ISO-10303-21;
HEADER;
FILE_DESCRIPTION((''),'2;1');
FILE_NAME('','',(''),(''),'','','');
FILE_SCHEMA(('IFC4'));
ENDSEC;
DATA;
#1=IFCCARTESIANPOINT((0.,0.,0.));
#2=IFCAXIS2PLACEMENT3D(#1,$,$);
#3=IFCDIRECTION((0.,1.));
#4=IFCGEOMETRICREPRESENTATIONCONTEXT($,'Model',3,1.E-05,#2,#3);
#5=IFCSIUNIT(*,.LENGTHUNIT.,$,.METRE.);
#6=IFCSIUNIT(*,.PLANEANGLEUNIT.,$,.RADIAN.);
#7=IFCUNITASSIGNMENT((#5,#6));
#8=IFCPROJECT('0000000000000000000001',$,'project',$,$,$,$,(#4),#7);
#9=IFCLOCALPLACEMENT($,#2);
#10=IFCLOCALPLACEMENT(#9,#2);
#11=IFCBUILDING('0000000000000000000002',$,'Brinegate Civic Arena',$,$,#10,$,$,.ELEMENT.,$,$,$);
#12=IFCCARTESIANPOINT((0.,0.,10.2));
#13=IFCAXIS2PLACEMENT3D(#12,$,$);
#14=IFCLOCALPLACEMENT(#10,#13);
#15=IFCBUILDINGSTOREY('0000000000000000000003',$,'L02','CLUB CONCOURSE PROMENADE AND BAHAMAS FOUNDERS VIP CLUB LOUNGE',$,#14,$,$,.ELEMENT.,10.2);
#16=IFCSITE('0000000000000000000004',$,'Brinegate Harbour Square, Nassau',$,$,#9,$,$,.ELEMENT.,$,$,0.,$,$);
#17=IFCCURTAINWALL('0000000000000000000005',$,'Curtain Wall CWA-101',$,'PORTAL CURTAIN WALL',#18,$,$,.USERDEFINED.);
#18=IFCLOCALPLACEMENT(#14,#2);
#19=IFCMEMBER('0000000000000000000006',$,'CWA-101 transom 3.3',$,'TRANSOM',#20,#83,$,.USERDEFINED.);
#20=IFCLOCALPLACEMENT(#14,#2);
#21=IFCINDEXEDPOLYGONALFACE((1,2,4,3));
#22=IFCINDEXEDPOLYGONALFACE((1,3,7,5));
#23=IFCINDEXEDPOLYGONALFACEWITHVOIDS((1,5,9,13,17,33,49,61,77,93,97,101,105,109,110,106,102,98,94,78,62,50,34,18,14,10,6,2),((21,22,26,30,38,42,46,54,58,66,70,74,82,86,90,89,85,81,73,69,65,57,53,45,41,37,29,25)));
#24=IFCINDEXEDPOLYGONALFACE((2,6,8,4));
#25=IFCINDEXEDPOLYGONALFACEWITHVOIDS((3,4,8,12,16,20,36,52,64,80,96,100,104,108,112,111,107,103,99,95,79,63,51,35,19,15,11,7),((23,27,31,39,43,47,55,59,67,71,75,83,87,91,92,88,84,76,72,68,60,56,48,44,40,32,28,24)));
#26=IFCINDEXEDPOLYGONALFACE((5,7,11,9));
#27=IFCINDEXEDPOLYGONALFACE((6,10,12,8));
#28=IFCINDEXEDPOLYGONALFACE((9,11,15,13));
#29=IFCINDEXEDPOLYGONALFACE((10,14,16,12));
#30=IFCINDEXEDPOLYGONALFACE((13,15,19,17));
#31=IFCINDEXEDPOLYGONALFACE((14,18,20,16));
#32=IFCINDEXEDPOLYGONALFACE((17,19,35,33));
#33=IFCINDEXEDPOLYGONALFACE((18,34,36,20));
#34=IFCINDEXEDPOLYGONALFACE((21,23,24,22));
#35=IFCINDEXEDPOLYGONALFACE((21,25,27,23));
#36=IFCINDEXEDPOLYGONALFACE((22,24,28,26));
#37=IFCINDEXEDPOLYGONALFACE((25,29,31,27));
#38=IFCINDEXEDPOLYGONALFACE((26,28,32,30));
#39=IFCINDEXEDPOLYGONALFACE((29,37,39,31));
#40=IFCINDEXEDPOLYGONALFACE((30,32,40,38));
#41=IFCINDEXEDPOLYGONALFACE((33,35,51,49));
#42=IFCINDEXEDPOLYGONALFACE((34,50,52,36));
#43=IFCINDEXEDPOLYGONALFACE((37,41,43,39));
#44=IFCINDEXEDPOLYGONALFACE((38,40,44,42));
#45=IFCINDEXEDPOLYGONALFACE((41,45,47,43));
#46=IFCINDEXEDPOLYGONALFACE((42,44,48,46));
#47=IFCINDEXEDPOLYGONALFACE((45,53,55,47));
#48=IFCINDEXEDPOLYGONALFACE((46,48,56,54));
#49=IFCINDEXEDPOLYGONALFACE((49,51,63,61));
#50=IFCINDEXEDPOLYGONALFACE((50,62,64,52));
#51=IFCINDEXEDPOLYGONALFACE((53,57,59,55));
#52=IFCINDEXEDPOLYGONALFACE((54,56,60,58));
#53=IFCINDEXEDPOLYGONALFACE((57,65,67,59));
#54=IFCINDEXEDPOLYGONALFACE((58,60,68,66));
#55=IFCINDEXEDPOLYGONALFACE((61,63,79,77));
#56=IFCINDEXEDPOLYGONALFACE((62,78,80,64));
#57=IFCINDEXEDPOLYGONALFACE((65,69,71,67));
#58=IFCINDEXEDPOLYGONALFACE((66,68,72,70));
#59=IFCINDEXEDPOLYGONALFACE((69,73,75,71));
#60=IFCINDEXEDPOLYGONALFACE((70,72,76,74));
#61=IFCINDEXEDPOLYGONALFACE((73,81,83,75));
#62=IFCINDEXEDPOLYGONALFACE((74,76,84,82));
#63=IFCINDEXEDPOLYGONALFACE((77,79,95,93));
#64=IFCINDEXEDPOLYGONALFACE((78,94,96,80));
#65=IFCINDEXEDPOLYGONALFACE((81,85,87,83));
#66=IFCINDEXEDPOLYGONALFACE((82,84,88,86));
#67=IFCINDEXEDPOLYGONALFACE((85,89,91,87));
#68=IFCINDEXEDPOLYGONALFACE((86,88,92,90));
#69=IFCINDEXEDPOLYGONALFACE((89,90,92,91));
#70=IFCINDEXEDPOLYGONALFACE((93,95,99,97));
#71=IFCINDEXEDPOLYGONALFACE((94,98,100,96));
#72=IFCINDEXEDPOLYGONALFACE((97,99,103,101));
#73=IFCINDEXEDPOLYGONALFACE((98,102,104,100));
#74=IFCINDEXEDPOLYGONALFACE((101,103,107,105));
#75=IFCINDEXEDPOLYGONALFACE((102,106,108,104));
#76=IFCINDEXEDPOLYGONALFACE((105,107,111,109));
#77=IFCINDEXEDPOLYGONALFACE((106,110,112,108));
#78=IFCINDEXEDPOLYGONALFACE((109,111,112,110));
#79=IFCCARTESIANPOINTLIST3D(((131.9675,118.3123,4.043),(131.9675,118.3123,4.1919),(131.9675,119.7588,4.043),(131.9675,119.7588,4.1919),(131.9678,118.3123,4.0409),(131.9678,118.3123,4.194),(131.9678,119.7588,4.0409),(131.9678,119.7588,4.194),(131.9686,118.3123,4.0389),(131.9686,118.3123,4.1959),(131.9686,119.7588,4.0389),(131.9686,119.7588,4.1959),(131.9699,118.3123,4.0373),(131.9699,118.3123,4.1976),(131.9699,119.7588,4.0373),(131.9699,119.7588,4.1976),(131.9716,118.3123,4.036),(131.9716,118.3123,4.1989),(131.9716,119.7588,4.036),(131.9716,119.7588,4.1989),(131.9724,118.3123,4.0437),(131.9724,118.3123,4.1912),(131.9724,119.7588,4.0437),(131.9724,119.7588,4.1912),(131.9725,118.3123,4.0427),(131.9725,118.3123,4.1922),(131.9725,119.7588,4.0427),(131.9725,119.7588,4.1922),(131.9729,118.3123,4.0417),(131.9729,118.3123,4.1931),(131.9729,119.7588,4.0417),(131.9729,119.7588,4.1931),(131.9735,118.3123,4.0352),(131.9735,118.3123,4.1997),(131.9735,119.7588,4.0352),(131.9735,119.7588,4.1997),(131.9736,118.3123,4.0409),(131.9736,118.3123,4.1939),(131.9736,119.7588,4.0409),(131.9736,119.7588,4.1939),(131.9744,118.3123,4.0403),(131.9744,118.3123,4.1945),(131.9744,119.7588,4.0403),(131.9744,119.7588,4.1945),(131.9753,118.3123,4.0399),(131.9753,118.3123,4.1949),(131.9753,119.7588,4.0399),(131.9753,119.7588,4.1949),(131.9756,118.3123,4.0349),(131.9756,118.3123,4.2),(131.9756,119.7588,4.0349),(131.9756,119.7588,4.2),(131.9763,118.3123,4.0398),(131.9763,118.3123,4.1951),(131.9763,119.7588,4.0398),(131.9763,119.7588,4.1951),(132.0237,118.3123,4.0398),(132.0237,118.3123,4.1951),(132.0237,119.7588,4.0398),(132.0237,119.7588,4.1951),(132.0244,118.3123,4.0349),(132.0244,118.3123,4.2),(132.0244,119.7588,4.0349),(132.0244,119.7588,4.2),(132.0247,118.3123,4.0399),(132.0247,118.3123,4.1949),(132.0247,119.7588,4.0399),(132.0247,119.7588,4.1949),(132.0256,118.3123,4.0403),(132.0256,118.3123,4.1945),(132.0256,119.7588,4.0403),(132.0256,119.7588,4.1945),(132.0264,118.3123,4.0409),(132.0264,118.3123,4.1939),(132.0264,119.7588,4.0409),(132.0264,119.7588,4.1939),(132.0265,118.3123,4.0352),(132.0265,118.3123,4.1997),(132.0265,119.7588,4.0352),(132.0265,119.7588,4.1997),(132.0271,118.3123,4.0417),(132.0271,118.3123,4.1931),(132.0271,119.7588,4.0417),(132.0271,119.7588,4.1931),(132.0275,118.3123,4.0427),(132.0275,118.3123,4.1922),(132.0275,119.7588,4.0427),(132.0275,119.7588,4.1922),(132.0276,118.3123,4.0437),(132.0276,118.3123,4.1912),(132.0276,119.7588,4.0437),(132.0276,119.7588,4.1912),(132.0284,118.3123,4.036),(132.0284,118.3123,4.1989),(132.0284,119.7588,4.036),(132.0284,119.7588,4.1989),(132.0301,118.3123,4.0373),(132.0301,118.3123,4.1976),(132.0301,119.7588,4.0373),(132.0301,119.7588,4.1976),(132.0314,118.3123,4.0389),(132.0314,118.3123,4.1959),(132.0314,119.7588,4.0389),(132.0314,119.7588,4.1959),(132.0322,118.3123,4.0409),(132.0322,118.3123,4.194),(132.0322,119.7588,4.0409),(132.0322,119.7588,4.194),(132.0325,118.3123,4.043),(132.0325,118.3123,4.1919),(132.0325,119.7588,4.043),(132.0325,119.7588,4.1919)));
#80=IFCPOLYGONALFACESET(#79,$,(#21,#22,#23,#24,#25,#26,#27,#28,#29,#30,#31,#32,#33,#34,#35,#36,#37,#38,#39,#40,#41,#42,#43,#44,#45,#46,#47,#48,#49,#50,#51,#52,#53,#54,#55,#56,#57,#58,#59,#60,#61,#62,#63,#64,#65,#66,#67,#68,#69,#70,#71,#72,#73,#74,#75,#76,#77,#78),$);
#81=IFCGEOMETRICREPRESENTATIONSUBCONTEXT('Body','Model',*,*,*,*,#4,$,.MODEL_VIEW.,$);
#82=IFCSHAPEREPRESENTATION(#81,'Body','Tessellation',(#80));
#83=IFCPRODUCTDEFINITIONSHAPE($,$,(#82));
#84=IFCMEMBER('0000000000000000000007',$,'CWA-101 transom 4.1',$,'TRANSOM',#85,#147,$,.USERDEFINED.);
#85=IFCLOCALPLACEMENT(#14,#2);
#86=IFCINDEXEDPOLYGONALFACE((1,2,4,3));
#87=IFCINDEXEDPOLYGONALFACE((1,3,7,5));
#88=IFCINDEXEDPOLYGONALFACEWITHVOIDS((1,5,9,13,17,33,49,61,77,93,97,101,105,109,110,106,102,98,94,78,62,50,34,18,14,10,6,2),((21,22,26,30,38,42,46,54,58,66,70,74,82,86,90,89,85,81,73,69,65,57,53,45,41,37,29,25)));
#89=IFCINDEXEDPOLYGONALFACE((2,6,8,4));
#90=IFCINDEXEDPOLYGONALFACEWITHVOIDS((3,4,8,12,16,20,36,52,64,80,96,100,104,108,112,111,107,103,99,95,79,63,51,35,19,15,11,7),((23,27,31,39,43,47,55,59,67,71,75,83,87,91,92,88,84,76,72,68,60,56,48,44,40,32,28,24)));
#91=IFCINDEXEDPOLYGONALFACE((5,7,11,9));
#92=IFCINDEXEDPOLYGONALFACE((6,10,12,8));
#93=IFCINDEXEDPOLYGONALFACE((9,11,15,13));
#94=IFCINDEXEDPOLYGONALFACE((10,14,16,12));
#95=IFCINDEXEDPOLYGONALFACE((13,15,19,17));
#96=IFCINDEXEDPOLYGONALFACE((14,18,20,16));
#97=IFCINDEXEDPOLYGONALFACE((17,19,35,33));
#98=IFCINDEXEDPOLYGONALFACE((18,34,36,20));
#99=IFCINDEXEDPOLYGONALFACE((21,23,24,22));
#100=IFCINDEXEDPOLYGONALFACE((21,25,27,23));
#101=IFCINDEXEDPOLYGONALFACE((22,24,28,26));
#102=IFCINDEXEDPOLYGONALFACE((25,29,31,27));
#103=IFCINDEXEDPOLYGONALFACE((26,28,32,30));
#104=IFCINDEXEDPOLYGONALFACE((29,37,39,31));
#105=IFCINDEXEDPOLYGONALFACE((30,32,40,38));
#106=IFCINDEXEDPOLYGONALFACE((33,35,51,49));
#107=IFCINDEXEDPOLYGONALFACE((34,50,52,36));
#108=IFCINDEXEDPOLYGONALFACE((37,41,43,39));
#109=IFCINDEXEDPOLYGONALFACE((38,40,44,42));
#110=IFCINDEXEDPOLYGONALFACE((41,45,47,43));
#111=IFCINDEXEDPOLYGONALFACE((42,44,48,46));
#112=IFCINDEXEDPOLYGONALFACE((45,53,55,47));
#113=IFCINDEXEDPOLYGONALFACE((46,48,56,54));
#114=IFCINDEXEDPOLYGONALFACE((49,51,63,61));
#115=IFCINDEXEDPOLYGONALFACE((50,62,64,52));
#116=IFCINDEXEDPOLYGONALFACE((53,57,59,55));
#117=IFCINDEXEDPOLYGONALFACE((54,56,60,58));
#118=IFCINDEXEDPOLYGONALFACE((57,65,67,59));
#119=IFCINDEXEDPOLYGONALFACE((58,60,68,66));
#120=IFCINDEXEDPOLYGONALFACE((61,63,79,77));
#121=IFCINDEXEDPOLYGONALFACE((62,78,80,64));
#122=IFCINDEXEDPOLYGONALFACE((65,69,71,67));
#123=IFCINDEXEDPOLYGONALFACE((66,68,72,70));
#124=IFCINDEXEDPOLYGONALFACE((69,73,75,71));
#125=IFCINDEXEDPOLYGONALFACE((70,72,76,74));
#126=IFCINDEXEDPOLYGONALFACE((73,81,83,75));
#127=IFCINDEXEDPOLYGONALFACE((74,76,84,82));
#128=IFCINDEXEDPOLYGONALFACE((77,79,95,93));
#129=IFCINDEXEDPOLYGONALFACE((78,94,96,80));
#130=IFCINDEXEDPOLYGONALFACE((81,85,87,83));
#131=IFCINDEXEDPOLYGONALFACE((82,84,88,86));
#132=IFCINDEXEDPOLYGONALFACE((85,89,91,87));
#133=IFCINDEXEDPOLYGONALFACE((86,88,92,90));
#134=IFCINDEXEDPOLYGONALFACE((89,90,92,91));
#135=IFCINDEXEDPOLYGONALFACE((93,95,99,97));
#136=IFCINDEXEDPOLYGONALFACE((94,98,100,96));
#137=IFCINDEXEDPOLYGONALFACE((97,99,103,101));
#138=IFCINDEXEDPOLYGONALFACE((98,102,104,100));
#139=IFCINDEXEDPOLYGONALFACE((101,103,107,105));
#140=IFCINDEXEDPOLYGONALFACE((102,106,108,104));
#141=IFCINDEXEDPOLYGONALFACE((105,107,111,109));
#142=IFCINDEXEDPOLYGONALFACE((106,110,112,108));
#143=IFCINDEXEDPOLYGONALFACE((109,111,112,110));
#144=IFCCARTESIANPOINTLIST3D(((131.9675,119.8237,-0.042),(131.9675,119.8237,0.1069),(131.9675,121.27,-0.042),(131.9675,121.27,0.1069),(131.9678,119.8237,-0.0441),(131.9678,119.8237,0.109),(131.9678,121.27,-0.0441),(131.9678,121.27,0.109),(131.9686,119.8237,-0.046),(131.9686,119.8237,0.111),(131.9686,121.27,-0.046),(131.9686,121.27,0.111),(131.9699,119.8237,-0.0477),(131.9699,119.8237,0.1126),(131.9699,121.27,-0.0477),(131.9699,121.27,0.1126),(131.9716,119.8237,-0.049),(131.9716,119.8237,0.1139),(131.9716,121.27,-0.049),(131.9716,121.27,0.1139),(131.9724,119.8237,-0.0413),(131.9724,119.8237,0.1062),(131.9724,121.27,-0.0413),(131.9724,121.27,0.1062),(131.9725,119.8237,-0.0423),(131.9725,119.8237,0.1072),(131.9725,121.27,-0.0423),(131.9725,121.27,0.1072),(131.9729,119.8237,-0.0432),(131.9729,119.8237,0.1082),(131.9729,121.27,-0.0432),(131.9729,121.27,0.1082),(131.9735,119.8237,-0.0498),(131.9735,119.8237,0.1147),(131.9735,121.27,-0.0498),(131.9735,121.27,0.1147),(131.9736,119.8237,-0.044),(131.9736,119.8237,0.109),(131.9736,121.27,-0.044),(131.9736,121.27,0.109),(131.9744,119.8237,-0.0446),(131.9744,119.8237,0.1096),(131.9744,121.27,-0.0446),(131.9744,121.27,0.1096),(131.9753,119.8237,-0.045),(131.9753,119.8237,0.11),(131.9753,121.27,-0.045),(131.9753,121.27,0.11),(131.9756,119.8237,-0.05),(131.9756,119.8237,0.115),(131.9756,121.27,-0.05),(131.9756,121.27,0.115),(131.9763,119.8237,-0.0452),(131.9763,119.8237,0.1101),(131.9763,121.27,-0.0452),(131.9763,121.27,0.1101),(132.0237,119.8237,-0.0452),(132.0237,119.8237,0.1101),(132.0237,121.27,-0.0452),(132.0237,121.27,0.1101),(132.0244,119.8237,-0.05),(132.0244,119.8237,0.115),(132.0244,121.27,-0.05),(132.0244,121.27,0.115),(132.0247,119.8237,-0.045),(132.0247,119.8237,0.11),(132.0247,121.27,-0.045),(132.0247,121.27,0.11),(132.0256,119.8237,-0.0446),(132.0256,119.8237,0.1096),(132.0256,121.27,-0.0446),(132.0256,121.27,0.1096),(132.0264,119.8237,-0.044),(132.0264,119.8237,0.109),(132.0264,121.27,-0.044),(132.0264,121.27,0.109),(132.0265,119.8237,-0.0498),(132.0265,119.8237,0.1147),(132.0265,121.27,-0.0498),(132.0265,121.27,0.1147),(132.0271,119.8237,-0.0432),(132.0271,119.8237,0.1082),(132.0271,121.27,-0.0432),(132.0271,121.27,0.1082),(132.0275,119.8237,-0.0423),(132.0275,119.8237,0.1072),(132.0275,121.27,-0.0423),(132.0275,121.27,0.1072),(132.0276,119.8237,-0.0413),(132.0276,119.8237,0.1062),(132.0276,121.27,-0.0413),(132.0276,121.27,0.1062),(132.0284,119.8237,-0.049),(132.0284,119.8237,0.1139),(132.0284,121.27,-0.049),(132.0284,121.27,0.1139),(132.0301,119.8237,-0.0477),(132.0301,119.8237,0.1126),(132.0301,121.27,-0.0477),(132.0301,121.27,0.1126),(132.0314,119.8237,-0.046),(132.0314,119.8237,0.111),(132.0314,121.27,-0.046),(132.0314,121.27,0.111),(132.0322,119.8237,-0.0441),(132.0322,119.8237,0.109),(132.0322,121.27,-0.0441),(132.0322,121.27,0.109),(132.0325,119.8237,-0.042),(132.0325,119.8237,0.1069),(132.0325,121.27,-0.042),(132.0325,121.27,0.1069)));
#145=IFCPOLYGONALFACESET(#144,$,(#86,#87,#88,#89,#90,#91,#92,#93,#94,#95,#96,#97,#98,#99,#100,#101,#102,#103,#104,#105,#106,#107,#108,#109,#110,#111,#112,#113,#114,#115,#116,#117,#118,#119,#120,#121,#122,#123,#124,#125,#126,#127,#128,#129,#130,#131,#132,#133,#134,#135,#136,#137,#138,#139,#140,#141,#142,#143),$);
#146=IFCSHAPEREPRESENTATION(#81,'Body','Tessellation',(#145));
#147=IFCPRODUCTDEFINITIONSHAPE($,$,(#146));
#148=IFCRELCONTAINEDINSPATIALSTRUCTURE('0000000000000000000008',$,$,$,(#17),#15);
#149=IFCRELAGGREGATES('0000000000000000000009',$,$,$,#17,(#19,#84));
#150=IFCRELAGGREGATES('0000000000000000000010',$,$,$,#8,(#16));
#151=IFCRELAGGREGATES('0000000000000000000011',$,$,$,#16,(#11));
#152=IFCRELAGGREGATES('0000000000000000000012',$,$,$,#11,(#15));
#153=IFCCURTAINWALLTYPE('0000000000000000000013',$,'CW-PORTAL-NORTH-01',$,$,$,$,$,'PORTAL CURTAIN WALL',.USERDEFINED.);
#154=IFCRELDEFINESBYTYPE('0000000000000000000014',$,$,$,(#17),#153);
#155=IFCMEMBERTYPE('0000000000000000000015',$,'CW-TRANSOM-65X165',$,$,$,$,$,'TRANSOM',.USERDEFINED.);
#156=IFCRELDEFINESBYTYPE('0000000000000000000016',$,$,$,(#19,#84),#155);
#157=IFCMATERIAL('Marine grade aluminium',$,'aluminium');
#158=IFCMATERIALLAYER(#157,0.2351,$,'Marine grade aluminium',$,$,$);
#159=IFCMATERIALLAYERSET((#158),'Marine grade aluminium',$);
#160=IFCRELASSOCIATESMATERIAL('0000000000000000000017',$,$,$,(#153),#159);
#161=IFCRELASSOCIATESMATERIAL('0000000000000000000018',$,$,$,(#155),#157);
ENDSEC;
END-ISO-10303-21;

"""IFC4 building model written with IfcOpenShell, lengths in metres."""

from ifc_helpers import new_model, si_unit, direction, frame, origin, origin_2d, place, context, subcontext, project, spatial, hollow_rectangle, extrude, material, layer, layer_set, material_profile, profile_set, type_object, element, aggregate, save


model = new_model("IFC4")

# Units and contexts
model_context = context("Model", 3, precision=1e-05, world=origin(), true_north=direction((0.0, 1.0)))
body_context = subcontext(model_context, "Body", "Model", "MODEL_VIEW")
ifc_project = project(units=[si_unit("LENGTHUNIT", "METRE"), si_unit("PLANEANGLEUNIT", "RADIAN")], contexts=[model_context])

# Site, building, storey
site_placement = place(None, origin())
site = spatial("IfcSite", under=ifc_project, at=site_placement, Name="Brinegate Harbour Square, Nassau", CompositionType="ELEMENT", RefElevation=0.0)
building_placement = place(site_placement, origin())
building = spatial("IfcBuilding", under=site, at=building_placement, Name="Brinegate Civic Arena", CompositionType="ELEMENT")
storey_placement = place(building_placement, frame((0.0, 0.0, 10.2)))
storey = spatial("IfcBuildingStorey", under=building, at=storey_placement, Name="L02", Description="CLUB CONCOURSE PROMENADE AND BAHAMAS FOUNDERS VIP CLUB LOUNGE", CompositionType="ELEMENT", Elevation=10.2)

# Curtain wall, members
ifc_material_1 = material(Name="Marine grade aluminium", Category="aluminium")
ifc_layer_1 = layer(ifc_material_1, 0.2351, Name="Marine grade aluminium")
ifc_layer_set_1 = layer_set([ifc_layer_1], Name="Marine grade aluminium")
curtain_wall_type = type_object("IfcCurtainWallType", Name="CW-PORTAL-NORTH-01", ElementType="PORTAL CURTAIN WALL", PredefinedType="USERDEFINED", material=ifc_layer_set_1)
curtain_wall_placement = place(storey_placement, origin())
curtain_wall = element("IfcCurtainWall", 1, at=curtain_wall_placement, inside=storey, type_object=curtain_wall_type, Name="Curtain Wall CWA-101", ObjectType="PORTAL CURTAIN WALL", PredefinedType="USERDEFINED")
ifc_material_profile_1 = material_profile(ifc_material_1, hollow_rectangle(XDim=0.0649, YDim=0.165, WallThickness=0.0049, InnerFilletRadius=0.0039, OuterFilletRadius=0.0081, at=origin_2d()), Name="TRN65X165")
ifc_profile_set_1 = profile_set([ifc_material_profile_1], Name="Marine grade aluminium")
member_type_1 = type_object("IfcMemberType", Name="CW-TRANSOM-65X165", ElementType="TRANSOM", PredefinedType="USERDEFINED", material=ifc_profile_set_1)
member_1_placement = place(storey_placement, frame((132.0, 118.3123, 4.1174), z_axis=(0.0, 1.0, 0.0), x_axis=(-1.0, 0.0, 0.0)))
member_1 = element("IfcMember", 2, at=member_1_placement, type_object=member_type_1, Name="CWA-101 transom 3.3", ObjectType="TRANSOM", PredefinedType="USERDEFINED", context=body_context, shape_type="SweptSolid", body=[
    extrude(hollow_rectangle(XDim=0.0649, YDim=0.165, WallThickness=0.0049, InnerFilletRadius=0.0039, OuterFilletRadius=0.0081, at=origin_2d()), origin(), (0.0, 0.0, 1.0), 1.4465),
])
member_2_placement = place(storey_placement, frame((132.0, 119.8237, 0.0325), z_axis=(0.0, 1.0, 0.0), x_axis=(-1.0, 0.0, 0.0)))
member_2 = element("IfcMember", 3, at=member_2_placement, type_object=member_type_1, Name="CWA-101 transom 4.1", ObjectType="TRANSOM", PredefinedType="USERDEFINED", context=body_context, shape_type="SweptSolid", body=[
    extrude(hollow_rectangle(XDim=0.0649, YDim=0.165, WallThickness=0.0049, InnerFilletRadius=0.0039, OuterFilletRadius=0.0081, at=origin_2d()), origin(), (0.0, 0.0, 1.0), 1.4463),
])

aggregate(curtain_wall, [member_1, member_2])

save(model, "model.ifc")
